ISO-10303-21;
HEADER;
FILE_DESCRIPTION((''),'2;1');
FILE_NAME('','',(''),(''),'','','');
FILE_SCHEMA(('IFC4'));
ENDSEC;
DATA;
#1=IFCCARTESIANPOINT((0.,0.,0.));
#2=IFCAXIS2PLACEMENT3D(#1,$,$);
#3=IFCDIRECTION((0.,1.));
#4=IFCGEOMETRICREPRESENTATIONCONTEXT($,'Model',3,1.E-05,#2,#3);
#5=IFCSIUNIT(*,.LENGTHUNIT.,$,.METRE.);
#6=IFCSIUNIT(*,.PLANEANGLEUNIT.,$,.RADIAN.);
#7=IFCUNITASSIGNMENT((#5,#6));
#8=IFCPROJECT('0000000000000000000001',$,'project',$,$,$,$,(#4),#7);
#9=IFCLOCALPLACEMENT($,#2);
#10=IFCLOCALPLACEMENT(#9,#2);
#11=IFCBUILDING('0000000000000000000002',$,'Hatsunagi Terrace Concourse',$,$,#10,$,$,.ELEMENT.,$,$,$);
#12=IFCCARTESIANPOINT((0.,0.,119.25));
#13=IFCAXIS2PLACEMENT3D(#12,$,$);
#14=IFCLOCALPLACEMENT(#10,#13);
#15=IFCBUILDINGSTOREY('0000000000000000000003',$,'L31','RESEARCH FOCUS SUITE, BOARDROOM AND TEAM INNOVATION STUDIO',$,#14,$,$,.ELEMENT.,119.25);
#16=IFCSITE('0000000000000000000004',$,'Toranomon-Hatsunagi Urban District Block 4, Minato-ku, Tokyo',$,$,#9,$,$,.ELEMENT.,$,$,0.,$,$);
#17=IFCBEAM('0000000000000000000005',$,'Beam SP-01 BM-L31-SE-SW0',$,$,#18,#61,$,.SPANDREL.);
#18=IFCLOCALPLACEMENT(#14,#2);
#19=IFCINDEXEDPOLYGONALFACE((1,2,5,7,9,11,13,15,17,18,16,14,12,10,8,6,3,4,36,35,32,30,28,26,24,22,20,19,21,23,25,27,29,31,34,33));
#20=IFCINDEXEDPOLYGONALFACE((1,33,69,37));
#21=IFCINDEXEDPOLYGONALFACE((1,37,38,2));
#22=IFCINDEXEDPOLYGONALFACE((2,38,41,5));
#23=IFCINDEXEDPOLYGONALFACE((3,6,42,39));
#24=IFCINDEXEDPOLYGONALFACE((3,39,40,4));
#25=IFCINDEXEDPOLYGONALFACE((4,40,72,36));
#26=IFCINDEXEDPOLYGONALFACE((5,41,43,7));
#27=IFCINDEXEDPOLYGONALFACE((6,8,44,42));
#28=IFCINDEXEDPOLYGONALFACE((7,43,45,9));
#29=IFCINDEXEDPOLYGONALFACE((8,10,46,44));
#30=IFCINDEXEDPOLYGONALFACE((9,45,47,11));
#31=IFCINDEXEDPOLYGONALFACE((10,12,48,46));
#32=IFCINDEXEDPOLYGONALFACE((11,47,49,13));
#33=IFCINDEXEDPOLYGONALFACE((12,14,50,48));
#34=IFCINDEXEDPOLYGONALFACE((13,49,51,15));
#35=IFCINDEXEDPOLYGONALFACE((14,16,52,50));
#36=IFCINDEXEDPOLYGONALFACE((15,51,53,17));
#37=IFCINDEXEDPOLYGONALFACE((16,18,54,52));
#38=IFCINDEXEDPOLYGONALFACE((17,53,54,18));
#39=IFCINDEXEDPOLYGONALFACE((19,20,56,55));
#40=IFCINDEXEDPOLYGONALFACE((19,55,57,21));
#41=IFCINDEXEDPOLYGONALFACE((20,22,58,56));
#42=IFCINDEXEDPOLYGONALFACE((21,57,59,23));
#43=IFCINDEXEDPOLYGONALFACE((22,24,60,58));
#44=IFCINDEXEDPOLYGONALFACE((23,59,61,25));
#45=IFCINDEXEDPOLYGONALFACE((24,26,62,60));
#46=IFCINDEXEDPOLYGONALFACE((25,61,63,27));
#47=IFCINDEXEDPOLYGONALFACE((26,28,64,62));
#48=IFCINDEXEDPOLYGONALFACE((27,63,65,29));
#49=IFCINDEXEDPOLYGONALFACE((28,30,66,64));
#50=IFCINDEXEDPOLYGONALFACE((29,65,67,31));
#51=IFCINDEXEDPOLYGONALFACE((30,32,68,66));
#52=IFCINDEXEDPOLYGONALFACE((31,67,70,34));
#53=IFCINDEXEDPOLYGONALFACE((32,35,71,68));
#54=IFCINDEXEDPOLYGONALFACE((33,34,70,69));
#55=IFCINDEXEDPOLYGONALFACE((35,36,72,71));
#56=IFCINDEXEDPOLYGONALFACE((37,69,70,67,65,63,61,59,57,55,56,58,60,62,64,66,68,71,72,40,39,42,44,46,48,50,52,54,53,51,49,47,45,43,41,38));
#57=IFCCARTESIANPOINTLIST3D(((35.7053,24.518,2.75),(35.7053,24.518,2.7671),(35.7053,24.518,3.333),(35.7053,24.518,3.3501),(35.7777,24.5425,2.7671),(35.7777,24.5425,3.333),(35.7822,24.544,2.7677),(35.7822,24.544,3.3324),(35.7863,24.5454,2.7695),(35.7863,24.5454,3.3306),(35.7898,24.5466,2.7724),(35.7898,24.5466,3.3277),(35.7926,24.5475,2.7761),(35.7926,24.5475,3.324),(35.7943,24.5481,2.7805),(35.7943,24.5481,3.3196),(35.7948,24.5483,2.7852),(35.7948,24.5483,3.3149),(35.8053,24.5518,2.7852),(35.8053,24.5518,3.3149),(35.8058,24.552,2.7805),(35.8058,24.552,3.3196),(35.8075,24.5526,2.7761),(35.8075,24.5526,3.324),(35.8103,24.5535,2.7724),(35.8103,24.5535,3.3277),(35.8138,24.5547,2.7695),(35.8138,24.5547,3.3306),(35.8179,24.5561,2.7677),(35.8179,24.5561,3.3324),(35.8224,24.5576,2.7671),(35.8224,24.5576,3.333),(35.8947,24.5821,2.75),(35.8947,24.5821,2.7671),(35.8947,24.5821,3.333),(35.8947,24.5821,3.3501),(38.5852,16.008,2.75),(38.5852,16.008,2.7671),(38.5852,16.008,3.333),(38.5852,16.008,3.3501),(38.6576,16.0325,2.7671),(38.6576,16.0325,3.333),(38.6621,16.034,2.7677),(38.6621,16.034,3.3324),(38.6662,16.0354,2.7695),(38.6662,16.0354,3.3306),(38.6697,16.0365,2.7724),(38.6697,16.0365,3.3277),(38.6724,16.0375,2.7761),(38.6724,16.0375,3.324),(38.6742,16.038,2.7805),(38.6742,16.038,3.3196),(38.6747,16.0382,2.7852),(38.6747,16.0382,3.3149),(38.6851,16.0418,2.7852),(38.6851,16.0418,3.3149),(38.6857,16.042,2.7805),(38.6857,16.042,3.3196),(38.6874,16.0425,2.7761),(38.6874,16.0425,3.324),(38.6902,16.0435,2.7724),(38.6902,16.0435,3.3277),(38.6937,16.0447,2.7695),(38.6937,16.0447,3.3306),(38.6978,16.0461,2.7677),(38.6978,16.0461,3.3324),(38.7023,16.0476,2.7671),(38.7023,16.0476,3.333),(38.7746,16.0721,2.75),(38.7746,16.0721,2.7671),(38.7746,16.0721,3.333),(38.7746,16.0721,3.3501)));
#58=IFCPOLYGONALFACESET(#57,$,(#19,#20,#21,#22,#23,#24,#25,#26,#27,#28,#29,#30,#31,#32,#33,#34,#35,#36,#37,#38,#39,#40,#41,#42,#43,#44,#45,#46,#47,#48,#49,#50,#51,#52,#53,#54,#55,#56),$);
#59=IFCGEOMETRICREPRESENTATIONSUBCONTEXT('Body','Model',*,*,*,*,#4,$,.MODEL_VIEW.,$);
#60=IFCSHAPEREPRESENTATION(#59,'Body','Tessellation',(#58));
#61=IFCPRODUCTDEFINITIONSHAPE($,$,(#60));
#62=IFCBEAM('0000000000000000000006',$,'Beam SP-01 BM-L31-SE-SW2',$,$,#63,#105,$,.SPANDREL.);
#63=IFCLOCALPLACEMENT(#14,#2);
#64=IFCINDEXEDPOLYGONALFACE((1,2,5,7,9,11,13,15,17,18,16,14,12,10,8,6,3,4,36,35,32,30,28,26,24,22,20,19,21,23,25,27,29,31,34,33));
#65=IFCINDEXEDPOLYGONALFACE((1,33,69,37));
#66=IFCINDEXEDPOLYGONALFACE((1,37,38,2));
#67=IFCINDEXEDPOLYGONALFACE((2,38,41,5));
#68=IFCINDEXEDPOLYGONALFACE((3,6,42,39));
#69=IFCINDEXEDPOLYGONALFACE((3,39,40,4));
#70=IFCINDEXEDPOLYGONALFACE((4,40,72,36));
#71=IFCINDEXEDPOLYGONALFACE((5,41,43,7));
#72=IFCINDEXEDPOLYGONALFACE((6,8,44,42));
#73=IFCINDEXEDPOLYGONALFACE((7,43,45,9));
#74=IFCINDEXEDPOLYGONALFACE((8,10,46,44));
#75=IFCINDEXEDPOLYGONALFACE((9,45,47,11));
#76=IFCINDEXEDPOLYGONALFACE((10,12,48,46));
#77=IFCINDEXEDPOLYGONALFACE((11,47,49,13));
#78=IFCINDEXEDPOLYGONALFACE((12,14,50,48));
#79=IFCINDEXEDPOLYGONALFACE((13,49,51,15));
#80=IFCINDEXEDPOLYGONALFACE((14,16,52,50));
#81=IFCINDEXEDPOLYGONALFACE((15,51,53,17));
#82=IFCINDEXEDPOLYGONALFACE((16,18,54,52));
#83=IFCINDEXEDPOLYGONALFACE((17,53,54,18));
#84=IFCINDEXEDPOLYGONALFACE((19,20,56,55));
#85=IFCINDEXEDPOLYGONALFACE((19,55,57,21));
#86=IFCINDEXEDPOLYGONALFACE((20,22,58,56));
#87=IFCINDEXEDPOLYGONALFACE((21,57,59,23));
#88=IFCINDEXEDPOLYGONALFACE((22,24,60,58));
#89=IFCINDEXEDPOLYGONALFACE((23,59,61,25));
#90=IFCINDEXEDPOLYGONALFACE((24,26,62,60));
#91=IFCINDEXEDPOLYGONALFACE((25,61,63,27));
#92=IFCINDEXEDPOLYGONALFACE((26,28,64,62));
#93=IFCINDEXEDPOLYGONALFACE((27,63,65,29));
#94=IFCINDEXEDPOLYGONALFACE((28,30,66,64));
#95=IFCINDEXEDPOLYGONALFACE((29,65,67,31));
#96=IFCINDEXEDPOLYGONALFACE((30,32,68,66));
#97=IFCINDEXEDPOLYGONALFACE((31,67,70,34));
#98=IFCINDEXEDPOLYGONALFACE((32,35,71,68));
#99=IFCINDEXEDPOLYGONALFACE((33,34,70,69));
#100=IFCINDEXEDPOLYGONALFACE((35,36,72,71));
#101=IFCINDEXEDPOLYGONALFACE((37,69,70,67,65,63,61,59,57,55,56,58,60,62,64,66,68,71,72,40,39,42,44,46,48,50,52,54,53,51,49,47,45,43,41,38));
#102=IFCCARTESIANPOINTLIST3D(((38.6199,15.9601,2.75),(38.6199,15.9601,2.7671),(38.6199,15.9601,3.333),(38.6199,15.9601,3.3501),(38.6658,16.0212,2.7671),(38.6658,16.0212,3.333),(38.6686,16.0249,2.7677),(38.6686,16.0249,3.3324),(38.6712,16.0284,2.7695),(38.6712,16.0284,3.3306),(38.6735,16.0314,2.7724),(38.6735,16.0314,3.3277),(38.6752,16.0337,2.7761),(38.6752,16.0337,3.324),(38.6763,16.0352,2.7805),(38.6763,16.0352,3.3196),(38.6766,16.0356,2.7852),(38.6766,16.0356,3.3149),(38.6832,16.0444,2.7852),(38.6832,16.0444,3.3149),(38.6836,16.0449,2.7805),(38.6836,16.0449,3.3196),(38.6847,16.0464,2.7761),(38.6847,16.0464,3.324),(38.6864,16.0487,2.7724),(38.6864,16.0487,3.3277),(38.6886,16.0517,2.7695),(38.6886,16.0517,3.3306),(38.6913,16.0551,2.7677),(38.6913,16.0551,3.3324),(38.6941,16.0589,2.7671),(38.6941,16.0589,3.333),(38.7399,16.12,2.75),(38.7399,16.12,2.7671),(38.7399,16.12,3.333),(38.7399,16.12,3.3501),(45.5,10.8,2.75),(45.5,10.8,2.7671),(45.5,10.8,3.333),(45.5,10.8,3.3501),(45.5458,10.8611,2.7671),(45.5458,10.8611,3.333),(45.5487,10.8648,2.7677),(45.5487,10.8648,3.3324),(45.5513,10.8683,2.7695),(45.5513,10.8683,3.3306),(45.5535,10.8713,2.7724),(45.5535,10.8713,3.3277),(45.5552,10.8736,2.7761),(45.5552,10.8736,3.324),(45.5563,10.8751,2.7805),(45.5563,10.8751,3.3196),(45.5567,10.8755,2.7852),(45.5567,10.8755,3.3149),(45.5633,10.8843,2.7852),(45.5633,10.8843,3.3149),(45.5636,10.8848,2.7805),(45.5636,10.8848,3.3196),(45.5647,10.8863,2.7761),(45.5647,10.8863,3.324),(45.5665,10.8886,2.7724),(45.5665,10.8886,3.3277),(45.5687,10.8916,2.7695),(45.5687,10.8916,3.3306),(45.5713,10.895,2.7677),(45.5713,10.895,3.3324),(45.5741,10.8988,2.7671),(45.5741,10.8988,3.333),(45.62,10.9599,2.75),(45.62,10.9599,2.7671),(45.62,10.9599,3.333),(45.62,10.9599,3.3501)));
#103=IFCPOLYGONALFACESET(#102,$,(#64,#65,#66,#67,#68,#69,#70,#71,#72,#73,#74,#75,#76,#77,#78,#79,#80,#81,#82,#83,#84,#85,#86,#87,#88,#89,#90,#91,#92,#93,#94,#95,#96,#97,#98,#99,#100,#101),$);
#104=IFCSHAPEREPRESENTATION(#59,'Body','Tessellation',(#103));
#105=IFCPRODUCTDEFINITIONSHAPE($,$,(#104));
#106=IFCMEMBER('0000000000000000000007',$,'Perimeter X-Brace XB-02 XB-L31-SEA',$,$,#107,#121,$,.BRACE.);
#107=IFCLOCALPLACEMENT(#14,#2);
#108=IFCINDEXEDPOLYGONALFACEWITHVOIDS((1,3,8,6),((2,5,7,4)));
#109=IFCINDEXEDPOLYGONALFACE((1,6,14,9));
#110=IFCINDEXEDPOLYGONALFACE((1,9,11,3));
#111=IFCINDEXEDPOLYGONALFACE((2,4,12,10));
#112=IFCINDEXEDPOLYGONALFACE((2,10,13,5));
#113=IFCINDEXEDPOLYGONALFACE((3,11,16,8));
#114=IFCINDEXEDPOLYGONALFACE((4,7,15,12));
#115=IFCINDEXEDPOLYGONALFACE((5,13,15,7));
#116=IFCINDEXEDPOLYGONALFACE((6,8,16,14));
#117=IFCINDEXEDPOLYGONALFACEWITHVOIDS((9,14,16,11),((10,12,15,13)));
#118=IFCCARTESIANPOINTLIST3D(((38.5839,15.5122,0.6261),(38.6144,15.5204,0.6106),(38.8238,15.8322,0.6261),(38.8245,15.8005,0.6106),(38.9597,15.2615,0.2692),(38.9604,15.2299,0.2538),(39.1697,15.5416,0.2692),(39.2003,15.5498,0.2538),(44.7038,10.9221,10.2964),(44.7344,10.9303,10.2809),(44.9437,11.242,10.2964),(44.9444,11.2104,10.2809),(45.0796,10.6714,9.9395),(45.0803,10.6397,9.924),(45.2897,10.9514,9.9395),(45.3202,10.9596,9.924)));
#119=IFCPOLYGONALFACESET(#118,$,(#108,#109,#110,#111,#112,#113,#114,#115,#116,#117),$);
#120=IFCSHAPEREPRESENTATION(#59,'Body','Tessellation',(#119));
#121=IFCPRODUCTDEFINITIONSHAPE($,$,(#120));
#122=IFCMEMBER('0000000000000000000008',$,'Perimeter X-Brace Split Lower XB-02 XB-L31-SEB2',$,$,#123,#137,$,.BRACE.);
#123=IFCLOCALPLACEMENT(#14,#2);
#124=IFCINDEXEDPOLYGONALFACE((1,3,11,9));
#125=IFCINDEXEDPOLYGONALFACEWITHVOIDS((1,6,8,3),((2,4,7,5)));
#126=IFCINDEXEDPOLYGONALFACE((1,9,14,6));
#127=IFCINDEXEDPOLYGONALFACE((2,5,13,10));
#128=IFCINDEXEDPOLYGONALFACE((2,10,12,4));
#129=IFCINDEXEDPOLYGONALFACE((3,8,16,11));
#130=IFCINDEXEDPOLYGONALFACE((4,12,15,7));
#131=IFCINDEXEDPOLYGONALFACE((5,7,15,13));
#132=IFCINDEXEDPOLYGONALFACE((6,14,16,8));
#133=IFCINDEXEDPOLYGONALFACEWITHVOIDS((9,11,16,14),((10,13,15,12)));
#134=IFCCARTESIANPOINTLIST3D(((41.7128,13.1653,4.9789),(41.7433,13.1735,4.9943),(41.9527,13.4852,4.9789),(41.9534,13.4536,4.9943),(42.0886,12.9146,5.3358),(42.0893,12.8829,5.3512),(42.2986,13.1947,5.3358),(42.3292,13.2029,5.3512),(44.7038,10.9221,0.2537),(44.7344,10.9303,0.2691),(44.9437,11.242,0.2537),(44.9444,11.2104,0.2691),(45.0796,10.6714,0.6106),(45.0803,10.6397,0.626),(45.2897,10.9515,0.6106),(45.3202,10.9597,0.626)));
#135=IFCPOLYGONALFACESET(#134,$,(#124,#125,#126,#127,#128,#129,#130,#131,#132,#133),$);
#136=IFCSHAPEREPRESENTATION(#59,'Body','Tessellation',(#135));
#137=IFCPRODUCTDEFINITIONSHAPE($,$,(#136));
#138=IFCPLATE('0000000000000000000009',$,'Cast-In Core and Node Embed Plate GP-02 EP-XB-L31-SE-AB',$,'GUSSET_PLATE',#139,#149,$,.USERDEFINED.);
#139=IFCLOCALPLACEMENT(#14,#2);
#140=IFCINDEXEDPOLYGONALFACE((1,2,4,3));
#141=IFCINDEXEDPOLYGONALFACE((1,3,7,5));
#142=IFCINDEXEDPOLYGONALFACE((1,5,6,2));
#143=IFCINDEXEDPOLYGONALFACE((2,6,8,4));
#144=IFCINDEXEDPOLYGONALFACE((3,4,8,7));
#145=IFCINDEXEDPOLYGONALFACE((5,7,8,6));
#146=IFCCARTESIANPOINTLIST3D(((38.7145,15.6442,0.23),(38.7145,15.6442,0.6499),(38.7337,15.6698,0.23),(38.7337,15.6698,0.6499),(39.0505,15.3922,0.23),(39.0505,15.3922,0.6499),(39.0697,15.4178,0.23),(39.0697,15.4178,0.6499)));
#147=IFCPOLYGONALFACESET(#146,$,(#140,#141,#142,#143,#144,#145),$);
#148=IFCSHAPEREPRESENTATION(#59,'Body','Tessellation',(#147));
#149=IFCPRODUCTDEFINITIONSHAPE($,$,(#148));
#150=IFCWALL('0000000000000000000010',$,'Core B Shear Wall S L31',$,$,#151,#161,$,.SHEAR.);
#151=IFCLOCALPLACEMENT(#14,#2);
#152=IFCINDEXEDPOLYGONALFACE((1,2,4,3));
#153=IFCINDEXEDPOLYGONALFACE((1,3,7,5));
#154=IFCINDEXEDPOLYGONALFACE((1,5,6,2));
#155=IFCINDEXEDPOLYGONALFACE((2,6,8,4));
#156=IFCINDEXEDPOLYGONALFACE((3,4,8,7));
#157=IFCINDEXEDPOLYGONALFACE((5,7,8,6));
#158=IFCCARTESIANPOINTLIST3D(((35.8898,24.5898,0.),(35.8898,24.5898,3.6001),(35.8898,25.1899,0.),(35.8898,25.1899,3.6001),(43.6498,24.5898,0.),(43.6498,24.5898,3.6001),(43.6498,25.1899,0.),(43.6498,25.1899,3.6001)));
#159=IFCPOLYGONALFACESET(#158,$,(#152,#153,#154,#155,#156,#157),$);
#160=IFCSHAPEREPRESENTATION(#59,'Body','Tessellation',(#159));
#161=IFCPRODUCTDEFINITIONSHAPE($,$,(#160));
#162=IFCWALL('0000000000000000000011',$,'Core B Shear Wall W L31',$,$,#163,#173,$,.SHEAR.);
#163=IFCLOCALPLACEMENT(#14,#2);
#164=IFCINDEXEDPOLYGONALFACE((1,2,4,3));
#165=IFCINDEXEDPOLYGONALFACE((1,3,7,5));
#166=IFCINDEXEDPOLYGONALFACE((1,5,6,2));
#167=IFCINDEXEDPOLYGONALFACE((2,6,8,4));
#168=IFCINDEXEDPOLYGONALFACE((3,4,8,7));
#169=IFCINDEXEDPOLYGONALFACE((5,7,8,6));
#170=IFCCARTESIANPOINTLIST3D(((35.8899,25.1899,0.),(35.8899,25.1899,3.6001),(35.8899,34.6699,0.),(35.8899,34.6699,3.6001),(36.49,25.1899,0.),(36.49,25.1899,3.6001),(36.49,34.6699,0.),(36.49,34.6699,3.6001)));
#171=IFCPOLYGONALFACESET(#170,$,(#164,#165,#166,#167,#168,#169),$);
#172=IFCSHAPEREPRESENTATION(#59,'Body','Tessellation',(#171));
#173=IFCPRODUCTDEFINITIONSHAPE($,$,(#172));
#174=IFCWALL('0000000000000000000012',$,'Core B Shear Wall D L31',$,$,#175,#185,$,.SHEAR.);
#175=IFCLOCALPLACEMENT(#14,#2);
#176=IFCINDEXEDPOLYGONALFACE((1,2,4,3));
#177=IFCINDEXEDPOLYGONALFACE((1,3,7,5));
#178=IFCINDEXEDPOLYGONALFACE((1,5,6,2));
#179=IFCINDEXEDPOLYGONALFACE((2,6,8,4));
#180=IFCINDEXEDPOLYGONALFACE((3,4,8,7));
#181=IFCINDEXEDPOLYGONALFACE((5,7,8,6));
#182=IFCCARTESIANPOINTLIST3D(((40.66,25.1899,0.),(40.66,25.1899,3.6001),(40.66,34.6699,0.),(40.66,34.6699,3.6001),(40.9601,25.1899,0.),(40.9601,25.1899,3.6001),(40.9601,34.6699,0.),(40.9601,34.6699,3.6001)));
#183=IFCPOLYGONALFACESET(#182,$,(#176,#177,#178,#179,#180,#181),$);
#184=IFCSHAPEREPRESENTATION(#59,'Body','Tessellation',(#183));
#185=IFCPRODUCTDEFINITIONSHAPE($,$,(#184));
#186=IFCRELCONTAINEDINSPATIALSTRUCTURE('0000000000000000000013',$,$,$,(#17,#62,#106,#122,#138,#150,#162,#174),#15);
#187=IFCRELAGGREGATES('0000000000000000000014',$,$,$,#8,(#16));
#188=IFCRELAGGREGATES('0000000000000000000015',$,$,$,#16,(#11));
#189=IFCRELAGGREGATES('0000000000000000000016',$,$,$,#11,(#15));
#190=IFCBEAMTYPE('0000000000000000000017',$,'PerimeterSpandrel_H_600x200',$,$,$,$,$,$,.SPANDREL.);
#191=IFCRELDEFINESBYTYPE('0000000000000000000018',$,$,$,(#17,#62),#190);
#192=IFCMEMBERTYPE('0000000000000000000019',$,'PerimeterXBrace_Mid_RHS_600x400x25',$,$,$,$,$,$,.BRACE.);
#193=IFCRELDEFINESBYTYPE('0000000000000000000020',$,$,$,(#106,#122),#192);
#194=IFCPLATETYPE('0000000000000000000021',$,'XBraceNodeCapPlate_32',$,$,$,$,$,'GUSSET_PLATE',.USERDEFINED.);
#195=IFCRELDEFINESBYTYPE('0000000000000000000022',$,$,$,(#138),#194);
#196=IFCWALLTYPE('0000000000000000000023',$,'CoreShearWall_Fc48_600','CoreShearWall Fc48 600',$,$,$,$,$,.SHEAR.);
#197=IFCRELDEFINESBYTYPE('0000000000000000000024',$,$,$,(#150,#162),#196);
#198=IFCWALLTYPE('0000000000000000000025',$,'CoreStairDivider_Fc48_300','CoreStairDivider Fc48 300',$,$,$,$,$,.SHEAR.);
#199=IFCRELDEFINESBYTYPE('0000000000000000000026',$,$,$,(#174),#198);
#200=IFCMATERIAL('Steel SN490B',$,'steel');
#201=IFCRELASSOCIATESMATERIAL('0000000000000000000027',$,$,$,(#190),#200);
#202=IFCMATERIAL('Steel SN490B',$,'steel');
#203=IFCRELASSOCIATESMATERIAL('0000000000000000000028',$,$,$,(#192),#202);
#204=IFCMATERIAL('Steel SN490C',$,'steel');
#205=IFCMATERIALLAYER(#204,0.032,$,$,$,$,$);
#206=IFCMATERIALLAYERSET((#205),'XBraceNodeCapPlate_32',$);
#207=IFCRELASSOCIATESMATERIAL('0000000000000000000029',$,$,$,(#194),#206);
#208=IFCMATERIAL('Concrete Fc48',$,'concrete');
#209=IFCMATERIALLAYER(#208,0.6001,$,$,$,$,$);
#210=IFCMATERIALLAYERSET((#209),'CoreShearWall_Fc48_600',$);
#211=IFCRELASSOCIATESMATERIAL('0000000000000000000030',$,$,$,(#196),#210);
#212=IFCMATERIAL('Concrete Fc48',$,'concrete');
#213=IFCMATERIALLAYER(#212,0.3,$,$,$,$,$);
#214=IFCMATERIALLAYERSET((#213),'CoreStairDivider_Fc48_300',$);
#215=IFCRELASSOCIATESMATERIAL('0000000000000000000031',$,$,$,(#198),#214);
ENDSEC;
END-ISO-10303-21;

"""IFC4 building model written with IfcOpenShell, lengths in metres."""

from ifc_helpers import new_model, si_unit, direction, frame, frame_2d, origin, origin_2d, place, context, subcontext, project, spatial, rectangle, hollow_rectangle, i_section, extrude, material, layer, layer_set, material_profile, profile_set, type_object, element, save


model = new_model("IFC4")

# Units and contexts
model_context = context("Model", 3, precision=1e-05, world=origin(), true_north=direction((0.0, 1.0)))
body_context = subcontext(model_context, "Body", "Model", "MODEL_VIEW")
ifc_project = project(units=[si_unit("LENGTHUNIT", "METRE"), si_unit("PLANEANGLEUNIT", "RADIAN")], contexts=[model_context])

# Site, building, storey
site_placement = place(None, origin())
site = spatial("IfcSite", under=ifc_project, at=site_placement, Name="Toranomon-Hatsunagi Urban District Block 4, Minato-ku, Tokyo", CompositionType="ELEMENT", RefElevation=0.0)
building_placement = place(site_placement, origin())
building = spatial("IfcBuilding", under=site, at=building_placement, Name="Hatsunagi Terrace Concourse", CompositionType="ELEMENT")
storey_placement = place(building_placement, frame((0.0, 0.0, 119.25)))
storey = spatial("IfcBuildingStorey", under=building, at=storey_placement, Name="L31", Description="RESEARCH FOCUS SUITE, BOARDROOM AND TEAM INNOVATION STUDIO", CompositionType="ELEMENT", Elevation=119.25)

# Beams
ifc_material_1 = material(Name="Steel SN490B", Category="steel")
ifc_material_profile_1 = material_profile(ifc_material_1, i_section(OverallWidth=0.2, OverallDepth=0.6001, WebThickness=0.011, FlangeThickness=0.0171, FilletRadius=0.0181, at=origin_2d()), Name="H-600x200x11x17")
ifc_profile_set_1 = profile_set([ifc_material_profile_1], Name="Steel SN490B")
beam_type_1 = type_object("IfcBeamType", Name="PerimeterSpandrel_H_600x200", PredefinedType="SPANDREL", material=ifc_profile_set_1)
beam_1_placement = place(storey_placement, frame((35.8, 24.55, 3.05), z_axis=(0.320553, -0.94723, 0.0), x_axis=(0.94723, 0.320553, 0.0)))
element("IfcBeam", 1, at=beam_1_placement, inside=storey, type_object=beam_type_1, Name="Beam SP-01 BM-L31-SE-SW0", PredefinedType="SPANDREL", context=body_context, shape_type="SweptSolid", body=[
    extrude(i_section(OverallWidth=0.2, OverallDepth=0.6001, WebThickness=0.011, FlangeThickness=0.0171, FilletRadius=0.0181, at=origin_2d()), origin(), (0.0, 0.0, 1.0), 8.9841),
])
beam_2_placement = place(storey_placement, frame((38.6799, 16.04, 3.05), z_axis=(0.799997, -0.600005, 0.0), x_axis=(0.600005, 0.799997, 0.0)))
element("IfcBeam", 2, at=beam_2_placement, inside=storey, type_object=beam_type_1, Name="Beam SP-01 BM-L31-SE-SW2", PredefinedType="SPANDREL", context=body_context, shape_type="SweptSolid", body=[
    extrude(i_section(OverallWidth=0.2, OverallDepth=0.6001, WebThickness=0.011, FlangeThickness=0.0171, FilletRadius=0.0181, at=origin_2d()), origin(), (0.0, 0.0, 1.0), 8.6001),
])

# Members
ifc_material_2 = material(Name="Steel SN490B", Category="steel")
ifc_material_profile_2 = material_profile(ifc_material_2, hollow_rectangle(XDim=0.3999, YDim=0.6001, WallThickness=0.0249, at=origin_2d()), Name="RHS-600x400x25")
ifc_profile_set_2 = profile_set([ifc_material_profile_2], Name="Steel SN490B")
member_type = type_object("IfcMemberType", Name="PerimeterXBrace_Mid_RHS_600x400x25", PredefinedType="BRACE", material=ifc_profile_set_2)
member_1_placement = place(storey_placement, frame((38.8921, 15.531, 0.4399), z_axis=(0.496332, -0.372264, 0.784267), x_axis=(0.600015, 0.799989, 0.0)))
element("IfcMember", 3, at=member_1_placement, inside=storey, type_object=member_type, Name="Perimeter X-Brace XB-02 XB-L31-SEA", PredefinedType="BRACE", context=body_context, shape_type="SweptSolid", body=[
    extrude(hollow_rectangle(XDim=0.3999, YDim=0.6001, WallThickness=0.0249, at=origin_2d()), origin(), (0.0, 0.0, 1.0), 12.3303),
])
member_2_placement = place(storey_placement, frame((42.021, 13.1841, 5.165), z_axis=(0.496401, -0.372291, -0.78421), x_axis=(0.59999, 0.800008, 0.0)))
element("IfcMember", 4, at=member_2_placement, inside=storey, type_object=member_type, Name="Perimeter X-Brace Split Lower XB-02 XB-L31-SEB2", PredefinedType="BRACE", context=body_context, shape_type="SweptSolid", body=[
    extrude(hollow_rectangle(XDim=0.3999, YDim=0.6001, WallThickness=0.0249, at=origin_2d()), origin(), (0.0, 0.0, 1.0), 6.0254),
])

# Plate
ifc_material_3 = material(Name="Steel SN490C", Category="steel")
ifc_layer_1 = layer(ifc_material_3, 0.032)
ifc_layer_set_1 = layer_set([ifc_layer_1], Name="XBraceNodeCapPlate_32")
plate_type = type_object("IfcPlateType", Name="XBraceNodeCapPlate_32", ElementType="GUSSET_PLATE", PredefinedType="USERDEFINED", material=ifc_layer_set_1)
plate_placement = place(storey_placement, frame((38.8921, 15.531, 0.23), z_axis=(0.0, 0.0, 1.0), x_axis=(0.8, -0.6, 0.0)))
element("IfcPlate", 5, at=plate_placement, inside=storey, type_object=plate_type, Name="Cast-In Core and Node Embed Plate GP-02 EP-XB-L31-SE-AB", ObjectType="GUSSET_PLATE", PredefinedType="USERDEFINED", context=body_context, shape_type="SweptSolid", body=[
    extrude(rectangle(XDim=0.4199, YDim=0.032, at=origin_2d()), origin(), (0.0, 0.0, 1.0), 0.4199),
])

# Walls
ifc_material_4 = material(Name="Concrete Fc48", Category="concrete")
ifc_layer_2 = layer(ifc_material_4, 0.6001)
ifc_layer_set_2 = layer_set([ifc_layer_2], Name="CoreShearWall_Fc48_600")
wall_type_1 = type_object("IfcWallType", Name="CoreShearWall_Fc48_600", Description="CoreShearWall Fc48 600", PredefinedType="SHEAR", material=ifc_layer_set_2)
wall_1_placement = place(storey_placement, frame((35.8899, 24.8899, 0.0), z_axis=(0.0, 0.0, 1.0), x_axis=(1.0, 0.0, 0.0)))
element("IfcWall", 6, at=wall_1_placement, inside=storey, type_object=wall_type_1, Name="Core B Shear Wall S L31", PredefinedType="SHEAR", context=body_context, shape_type="SweptSolid", body=[
    extrude(rectangle(XDim=7.76, YDim=0.6001, at=frame_2d((3.8799, 0.0))), origin(), (0.0, 0.0, 1.0), 3.6001),
])
wall_2_placement = place(storey_placement, frame((36.1899, 25.1899, 0.0), z_axis=(0.0, 0.0, 1.0), x_axis=(0.0, 1.0, 0.0)))
element("IfcWall", 7, at=wall_2_placement, inside=storey, type_object=wall_type_1, Name="Core B Shear Wall W L31", PredefinedType="SHEAR", context=body_context, shape_type="SweptSolid", body=[
    extrude(rectangle(XDim=9.48, YDim=0.6001, at=frame_2d((4.74, 0.0))), origin(), (0.0, 0.0, 1.0), 3.6001),
])
ifc_material_5 = material(Name="Concrete Fc48", Category="concrete")
ifc_layer_3 = layer(ifc_material_5, 0.3)
ifc_layer_set_3 = layer_set([ifc_layer_3], Name="CoreStairDivider_Fc48_300")
wall_type_2 = type_object("IfcWallType", Name="CoreStairDivider_Fc48_300", Description="CoreStairDivider Fc48 300", PredefinedType="SHEAR", material=ifc_layer_set_3)
wall_3_placement = place(storey_placement, frame((40.8101, 25.1899, 0.0), z_axis=(0.0, 0.0, 1.0), x_axis=(0.0, 1.0, 0.0)))
element("IfcWall", 8, at=wall_3_placement, inside=storey, type_object=wall_type_2, Name="Core B Shear Wall D L31", PredefinedType="SHEAR", context=body_context, shape_type="SweptSolid", body=[
    extrude(rectangle(XDim=9.48, YDim=0.3, at=frame_2d((4.74, 0.0))), origin(), (0.0, 0.0, 1.0), 3.6001),
])

save(model, "model.ifc")
